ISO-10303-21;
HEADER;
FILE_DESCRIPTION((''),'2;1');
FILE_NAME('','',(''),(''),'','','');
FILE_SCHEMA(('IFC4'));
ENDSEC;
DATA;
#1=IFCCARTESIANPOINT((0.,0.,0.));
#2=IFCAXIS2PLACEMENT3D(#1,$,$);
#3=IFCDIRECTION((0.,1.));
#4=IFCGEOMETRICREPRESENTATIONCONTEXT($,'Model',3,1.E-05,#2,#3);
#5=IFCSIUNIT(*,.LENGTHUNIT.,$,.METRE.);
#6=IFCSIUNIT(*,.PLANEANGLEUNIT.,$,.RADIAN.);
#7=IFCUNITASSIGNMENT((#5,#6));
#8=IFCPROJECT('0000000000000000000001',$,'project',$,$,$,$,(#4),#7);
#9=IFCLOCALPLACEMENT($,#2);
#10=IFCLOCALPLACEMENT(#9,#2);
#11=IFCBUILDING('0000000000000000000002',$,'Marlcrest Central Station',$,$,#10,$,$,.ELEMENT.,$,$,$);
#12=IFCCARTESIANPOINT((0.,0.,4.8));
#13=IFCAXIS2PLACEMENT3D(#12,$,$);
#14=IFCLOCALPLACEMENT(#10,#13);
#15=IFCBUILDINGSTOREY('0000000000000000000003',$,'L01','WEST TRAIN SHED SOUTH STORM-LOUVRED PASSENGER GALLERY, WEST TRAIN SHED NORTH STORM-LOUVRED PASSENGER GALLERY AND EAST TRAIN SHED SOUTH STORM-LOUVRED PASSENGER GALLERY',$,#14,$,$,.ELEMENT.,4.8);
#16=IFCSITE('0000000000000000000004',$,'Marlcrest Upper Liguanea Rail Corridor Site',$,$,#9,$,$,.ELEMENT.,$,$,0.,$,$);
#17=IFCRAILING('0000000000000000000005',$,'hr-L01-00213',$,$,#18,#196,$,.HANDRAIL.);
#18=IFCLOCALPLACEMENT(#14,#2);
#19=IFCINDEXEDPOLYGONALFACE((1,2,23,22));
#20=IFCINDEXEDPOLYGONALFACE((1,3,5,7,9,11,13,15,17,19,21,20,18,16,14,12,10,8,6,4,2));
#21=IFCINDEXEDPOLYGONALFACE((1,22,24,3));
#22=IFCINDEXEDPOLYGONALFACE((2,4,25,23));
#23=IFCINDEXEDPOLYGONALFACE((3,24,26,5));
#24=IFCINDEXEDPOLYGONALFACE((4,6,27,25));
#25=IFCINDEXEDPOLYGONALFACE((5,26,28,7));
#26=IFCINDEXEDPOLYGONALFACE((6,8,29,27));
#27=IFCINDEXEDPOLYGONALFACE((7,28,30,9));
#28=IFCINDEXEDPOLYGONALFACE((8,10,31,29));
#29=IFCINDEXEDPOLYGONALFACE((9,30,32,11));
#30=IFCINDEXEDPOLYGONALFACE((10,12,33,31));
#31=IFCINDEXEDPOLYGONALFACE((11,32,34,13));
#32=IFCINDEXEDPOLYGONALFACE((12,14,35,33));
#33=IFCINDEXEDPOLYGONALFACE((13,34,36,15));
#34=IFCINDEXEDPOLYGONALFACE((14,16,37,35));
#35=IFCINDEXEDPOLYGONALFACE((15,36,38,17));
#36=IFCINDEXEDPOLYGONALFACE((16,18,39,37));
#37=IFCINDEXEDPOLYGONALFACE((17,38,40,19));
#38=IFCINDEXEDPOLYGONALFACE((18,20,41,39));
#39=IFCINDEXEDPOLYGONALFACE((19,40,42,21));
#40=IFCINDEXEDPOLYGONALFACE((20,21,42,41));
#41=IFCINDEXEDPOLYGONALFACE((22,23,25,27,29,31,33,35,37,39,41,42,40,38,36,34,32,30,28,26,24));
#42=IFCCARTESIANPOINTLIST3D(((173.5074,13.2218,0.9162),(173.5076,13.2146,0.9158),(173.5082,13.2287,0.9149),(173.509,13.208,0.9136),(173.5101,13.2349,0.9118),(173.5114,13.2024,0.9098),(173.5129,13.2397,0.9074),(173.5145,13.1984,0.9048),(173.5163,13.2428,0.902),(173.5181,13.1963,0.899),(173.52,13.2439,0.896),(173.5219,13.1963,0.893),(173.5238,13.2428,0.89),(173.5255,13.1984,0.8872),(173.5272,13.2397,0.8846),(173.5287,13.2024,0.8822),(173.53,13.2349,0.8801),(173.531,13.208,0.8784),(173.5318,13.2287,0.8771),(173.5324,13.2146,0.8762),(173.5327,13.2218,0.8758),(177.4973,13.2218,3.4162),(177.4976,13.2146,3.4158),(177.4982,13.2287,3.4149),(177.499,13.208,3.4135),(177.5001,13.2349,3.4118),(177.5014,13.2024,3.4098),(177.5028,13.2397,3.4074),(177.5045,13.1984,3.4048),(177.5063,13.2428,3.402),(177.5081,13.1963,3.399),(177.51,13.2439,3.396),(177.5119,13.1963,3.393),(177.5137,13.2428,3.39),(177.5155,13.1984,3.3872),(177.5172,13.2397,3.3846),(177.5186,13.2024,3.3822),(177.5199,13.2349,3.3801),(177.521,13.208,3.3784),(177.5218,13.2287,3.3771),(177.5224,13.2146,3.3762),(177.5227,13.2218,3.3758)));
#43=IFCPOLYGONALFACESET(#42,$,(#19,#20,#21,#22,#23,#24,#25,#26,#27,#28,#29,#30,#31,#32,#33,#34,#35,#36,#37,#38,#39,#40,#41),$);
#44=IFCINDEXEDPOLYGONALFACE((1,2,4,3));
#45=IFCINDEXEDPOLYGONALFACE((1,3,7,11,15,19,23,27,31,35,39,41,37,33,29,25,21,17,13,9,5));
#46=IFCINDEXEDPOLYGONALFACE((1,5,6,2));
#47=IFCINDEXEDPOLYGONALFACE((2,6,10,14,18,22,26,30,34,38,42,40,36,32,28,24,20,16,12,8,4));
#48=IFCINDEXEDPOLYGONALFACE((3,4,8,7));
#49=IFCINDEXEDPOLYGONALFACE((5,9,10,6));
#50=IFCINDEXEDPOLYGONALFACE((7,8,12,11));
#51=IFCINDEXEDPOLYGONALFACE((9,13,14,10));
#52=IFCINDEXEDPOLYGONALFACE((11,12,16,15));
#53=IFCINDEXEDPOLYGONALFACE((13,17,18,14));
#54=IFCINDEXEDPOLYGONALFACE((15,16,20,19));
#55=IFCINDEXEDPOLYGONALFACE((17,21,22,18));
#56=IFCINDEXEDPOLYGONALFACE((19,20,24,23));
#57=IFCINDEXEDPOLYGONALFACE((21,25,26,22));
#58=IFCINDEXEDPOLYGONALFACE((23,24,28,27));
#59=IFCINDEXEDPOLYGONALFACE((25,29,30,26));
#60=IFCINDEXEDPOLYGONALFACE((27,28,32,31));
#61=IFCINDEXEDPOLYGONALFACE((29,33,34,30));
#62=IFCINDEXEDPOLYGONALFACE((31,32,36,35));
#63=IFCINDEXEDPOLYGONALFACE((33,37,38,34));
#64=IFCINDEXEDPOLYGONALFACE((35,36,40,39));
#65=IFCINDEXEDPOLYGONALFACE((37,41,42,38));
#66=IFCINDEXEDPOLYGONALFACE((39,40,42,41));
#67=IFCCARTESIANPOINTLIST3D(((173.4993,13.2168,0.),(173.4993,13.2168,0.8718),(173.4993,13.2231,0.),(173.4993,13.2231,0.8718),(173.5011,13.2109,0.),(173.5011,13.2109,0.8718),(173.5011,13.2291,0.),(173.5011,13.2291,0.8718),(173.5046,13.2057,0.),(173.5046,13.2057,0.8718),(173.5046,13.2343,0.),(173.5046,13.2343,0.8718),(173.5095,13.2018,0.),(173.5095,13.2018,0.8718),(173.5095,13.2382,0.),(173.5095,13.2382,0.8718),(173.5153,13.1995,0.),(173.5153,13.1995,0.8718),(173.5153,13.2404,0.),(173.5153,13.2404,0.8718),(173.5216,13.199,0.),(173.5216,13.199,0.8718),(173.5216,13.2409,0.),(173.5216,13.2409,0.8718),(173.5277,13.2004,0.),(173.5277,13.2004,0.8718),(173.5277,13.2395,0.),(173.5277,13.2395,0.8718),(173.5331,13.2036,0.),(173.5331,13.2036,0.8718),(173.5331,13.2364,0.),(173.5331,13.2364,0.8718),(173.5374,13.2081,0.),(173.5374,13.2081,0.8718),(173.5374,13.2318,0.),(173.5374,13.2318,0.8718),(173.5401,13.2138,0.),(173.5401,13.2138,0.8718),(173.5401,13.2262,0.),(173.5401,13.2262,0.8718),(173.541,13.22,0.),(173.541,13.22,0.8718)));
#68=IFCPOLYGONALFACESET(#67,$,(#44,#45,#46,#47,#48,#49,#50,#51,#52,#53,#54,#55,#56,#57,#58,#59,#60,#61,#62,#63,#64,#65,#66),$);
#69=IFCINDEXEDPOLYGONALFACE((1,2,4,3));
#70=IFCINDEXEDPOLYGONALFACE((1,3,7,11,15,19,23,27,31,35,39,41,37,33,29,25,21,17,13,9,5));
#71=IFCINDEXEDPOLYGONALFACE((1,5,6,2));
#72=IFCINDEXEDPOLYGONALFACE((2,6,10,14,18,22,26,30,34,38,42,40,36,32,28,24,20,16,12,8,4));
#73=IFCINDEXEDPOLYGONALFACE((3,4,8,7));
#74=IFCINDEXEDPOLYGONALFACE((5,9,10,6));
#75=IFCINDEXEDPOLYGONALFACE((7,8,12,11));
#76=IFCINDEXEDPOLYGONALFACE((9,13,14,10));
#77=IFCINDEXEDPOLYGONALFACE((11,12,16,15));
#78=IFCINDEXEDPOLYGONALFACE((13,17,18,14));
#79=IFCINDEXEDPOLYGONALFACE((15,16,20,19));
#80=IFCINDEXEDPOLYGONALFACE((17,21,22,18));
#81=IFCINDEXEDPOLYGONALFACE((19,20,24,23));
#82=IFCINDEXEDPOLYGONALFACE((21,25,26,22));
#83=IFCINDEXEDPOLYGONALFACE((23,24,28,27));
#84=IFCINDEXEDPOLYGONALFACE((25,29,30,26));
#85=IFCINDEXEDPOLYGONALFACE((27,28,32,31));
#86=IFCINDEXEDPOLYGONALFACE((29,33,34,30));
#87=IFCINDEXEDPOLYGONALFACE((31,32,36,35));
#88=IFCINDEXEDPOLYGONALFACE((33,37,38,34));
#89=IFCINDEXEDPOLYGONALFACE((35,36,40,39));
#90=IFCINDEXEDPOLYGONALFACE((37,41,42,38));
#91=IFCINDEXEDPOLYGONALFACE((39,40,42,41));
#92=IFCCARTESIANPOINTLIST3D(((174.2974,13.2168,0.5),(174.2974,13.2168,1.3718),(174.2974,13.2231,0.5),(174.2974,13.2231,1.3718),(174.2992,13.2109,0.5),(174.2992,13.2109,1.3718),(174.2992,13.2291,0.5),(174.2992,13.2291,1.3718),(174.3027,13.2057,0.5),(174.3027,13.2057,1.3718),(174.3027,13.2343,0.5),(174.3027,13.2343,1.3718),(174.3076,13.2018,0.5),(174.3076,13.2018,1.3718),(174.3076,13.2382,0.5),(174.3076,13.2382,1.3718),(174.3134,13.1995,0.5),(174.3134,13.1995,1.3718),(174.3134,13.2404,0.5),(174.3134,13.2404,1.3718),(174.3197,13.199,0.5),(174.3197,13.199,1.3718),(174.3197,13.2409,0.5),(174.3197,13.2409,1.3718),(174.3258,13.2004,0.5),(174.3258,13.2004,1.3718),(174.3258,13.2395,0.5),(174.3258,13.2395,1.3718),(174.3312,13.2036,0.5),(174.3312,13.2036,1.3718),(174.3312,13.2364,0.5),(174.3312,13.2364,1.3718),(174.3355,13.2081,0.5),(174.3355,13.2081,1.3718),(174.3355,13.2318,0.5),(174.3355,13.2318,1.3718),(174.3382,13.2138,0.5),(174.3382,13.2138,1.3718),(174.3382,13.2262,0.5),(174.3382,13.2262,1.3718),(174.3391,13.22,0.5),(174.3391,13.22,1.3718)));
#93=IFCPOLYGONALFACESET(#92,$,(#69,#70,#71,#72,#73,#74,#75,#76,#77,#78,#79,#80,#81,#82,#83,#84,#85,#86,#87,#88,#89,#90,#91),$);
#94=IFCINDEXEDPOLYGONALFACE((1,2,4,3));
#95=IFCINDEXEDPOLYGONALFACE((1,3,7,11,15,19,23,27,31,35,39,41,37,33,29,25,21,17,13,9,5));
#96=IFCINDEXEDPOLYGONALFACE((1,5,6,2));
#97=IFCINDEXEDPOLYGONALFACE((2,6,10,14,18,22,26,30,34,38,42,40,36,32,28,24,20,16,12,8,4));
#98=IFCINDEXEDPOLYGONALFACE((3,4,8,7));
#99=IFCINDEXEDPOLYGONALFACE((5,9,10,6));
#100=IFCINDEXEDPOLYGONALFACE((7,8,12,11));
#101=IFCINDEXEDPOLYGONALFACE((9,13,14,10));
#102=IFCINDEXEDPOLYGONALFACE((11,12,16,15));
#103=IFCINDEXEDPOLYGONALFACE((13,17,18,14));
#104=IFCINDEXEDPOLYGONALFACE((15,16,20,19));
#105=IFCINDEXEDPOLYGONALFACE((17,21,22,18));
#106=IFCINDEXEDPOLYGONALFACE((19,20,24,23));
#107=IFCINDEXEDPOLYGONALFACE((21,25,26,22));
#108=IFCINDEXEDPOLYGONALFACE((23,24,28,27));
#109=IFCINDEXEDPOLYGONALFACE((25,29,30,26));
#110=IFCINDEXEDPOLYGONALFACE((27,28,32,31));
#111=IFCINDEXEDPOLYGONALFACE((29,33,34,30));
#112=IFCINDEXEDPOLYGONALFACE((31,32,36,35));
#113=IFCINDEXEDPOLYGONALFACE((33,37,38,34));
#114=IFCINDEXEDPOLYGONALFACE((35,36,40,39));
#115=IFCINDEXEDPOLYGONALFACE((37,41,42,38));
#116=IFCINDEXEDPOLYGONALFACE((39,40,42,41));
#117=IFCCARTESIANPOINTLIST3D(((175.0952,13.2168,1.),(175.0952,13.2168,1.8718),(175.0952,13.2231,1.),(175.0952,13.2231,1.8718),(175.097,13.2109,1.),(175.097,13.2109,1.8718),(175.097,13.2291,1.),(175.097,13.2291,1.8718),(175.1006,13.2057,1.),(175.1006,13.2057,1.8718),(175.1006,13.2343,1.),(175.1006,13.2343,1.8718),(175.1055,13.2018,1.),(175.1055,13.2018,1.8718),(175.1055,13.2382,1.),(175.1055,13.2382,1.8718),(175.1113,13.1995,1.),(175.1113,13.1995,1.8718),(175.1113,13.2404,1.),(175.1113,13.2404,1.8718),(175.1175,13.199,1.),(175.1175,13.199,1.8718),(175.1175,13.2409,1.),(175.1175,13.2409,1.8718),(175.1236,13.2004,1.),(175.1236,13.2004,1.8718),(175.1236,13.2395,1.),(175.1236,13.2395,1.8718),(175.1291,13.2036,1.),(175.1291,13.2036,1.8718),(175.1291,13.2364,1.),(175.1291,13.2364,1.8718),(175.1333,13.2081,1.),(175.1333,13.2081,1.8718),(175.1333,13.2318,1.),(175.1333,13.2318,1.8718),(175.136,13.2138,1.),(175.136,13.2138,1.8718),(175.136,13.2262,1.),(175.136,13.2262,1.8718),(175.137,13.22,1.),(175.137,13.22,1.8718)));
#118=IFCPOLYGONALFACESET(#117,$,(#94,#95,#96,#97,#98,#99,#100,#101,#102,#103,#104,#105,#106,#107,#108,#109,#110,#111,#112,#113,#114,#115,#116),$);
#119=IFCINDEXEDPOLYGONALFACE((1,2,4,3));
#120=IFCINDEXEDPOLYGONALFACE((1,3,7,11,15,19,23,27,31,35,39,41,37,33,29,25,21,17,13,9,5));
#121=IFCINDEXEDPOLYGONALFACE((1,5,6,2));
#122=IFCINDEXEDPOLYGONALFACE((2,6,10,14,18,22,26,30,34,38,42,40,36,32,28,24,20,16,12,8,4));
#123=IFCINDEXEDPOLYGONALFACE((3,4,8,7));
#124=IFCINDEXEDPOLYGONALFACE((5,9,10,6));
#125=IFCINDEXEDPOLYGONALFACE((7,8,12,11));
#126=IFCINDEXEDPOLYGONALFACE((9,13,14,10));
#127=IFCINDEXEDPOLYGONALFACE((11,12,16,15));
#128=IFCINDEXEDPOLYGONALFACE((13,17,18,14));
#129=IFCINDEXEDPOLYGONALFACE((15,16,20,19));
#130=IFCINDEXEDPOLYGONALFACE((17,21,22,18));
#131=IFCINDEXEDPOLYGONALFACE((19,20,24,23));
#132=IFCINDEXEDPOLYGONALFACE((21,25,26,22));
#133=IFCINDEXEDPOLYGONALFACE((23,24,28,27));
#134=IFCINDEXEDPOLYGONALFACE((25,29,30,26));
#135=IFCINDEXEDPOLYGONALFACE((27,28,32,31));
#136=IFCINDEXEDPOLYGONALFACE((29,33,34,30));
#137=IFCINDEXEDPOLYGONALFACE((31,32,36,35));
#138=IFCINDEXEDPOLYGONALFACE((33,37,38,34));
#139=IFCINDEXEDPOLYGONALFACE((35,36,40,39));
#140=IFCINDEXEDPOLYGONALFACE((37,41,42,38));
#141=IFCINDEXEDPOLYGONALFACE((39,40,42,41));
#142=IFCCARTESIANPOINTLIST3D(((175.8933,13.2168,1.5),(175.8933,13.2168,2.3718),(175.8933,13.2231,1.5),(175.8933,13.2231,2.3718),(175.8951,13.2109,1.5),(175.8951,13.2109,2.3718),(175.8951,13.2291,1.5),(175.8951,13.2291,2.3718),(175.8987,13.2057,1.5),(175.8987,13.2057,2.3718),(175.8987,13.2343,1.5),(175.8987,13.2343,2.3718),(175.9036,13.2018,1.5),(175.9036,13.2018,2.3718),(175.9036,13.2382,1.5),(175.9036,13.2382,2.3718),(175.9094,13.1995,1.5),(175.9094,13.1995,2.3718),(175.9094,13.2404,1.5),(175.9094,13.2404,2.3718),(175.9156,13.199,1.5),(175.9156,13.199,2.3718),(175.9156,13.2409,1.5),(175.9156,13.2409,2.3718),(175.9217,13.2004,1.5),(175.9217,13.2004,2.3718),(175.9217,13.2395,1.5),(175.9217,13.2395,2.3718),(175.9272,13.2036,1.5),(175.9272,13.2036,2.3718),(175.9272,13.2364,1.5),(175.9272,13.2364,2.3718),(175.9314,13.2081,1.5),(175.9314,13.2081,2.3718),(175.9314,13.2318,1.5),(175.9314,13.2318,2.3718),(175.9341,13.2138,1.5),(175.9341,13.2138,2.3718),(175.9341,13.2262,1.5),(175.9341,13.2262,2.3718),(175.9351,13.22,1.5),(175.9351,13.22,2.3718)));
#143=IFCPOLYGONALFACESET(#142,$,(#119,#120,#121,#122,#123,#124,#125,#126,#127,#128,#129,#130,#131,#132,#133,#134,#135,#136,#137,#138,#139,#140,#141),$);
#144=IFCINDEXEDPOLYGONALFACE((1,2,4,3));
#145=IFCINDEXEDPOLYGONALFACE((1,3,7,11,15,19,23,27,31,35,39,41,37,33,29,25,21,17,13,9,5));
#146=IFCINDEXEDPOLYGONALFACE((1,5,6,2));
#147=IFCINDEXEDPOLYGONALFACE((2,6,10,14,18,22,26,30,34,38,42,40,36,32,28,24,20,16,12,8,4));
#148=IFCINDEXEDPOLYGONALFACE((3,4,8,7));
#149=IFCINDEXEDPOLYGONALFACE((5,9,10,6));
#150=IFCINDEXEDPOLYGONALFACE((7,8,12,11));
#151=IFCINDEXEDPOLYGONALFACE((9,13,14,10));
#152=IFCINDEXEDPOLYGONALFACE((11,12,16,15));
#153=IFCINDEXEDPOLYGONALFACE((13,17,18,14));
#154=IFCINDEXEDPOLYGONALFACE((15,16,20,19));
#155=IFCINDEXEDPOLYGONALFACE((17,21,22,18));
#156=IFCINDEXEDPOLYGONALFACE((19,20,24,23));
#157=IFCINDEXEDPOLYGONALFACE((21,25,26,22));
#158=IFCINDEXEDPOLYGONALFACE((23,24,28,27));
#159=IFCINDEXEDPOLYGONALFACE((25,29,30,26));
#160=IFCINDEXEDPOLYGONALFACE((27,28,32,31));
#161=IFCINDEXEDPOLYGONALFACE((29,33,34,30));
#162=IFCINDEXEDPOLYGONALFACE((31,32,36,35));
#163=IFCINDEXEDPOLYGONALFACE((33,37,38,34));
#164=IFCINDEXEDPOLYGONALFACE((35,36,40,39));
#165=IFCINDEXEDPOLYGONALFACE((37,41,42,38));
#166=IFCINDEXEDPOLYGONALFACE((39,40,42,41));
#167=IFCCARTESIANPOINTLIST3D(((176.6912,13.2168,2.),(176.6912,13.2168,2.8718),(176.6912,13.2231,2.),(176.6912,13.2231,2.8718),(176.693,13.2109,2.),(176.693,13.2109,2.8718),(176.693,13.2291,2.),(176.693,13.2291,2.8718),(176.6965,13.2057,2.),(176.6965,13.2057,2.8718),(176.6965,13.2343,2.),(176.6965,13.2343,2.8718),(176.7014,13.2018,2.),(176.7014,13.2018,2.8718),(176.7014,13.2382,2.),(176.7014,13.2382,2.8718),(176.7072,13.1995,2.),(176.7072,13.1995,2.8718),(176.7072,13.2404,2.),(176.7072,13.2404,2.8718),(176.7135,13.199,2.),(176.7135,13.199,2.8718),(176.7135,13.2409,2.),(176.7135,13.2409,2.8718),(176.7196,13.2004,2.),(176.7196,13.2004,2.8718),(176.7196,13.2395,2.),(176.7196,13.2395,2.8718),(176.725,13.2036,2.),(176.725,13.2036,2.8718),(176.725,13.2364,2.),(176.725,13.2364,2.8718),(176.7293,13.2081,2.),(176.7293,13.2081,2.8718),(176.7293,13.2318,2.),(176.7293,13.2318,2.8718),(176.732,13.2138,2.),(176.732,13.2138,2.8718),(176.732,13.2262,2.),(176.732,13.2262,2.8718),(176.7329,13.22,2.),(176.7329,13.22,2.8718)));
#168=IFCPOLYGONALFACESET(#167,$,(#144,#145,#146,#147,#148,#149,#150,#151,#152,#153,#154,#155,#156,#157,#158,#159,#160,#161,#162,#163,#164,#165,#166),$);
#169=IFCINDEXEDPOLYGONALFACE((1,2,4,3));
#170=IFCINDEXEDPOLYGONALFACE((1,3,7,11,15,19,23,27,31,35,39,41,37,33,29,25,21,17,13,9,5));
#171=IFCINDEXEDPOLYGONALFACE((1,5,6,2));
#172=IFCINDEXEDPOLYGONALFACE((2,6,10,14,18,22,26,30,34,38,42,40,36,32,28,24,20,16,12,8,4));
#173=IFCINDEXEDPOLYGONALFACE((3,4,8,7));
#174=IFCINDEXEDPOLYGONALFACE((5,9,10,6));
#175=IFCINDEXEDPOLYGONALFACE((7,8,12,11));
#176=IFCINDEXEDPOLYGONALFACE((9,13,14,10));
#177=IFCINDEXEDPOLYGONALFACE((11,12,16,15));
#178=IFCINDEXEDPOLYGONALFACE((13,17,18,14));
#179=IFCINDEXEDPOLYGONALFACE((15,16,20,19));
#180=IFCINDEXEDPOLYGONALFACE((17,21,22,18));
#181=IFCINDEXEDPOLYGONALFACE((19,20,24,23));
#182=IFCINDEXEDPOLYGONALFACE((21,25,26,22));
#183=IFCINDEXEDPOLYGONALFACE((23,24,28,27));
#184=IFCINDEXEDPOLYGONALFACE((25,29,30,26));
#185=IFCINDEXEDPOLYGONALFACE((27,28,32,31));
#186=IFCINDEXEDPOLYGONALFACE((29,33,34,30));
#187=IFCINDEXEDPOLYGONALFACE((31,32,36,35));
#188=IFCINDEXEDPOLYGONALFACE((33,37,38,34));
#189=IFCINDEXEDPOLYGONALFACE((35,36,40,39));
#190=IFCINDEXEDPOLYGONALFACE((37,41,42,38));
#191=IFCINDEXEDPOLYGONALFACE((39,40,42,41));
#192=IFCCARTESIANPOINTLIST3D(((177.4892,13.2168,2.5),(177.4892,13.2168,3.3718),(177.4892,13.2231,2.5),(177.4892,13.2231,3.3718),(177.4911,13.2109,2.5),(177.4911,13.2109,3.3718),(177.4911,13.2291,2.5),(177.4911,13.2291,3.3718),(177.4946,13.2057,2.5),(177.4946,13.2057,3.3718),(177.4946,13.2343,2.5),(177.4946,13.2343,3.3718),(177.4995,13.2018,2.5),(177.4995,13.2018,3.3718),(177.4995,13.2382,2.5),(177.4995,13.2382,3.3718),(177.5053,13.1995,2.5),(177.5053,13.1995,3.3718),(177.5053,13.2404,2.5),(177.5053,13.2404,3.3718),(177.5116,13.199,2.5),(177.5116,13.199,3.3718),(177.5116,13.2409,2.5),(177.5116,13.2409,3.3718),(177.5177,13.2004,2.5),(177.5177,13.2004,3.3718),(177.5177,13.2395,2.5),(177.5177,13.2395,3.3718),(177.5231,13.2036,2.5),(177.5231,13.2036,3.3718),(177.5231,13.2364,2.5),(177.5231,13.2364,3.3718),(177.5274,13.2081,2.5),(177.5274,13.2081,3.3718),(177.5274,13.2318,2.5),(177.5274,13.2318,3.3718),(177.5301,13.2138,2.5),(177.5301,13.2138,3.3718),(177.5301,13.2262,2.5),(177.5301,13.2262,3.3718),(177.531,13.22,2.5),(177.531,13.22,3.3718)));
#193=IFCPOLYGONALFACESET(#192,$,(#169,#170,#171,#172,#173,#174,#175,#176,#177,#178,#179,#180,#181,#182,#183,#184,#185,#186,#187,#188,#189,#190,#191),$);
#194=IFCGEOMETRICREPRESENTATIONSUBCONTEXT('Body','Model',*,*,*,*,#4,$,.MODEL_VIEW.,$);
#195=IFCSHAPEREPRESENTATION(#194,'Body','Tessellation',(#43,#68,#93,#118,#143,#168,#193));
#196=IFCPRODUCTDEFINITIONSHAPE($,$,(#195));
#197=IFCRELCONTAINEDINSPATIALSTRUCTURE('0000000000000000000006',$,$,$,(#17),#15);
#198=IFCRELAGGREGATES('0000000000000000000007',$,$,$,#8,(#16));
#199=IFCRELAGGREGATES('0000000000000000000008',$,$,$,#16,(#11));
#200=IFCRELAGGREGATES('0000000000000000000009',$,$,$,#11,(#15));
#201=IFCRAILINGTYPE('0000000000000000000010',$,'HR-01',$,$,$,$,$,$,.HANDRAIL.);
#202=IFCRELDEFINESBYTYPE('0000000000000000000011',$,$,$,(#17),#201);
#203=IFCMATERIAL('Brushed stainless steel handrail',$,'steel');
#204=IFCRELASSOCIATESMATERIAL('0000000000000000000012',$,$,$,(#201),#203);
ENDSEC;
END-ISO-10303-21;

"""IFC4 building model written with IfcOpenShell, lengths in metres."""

from ifc_helpers import new_model, si_unit, direction, frame, origin, origin_2d, place, context, subcontext, project, spatial, circle, extrude, material, type_object, element, save


model = new_model("IFC4")

# Units and contexts
model_context = context("Model", 3, precision=1e-05, world=origin(), true_north=direction((0.0, 1.0)))
body_context = subcontext(model_context, "Body", "Model", "MODEL_VIEW")
ifc_project = project(units=[si_unit("LENGTHUNIT", "METRE"), si_unit("PLANEANGLEUNIT", "RADIAN")], contexts=[model_context])

# Site, building, storey
site_placement = place(None, origin())
site = spatial("IfcSite", under=ifc_project, at=site_placement, Name="Marlcrest Upper Liguanea Rail Corridor Site", CompositionType="ELEMENT", RefElevation=0.0)
building_placement = place(site_placement, origin())
building = spatial("IfcBuilding", under=site, at=building_placement, Name="Marlcrest Central Station", CompositionType="ELEMENT")
storey_placement = place(building_placement, frame((0.0, 0.0, 4.8)))
storey = spatial("IfcBuildingStorey", under=building, at=storey_placement, Name="L01", Description="WEST TRAIN SHED SOUTH STORM-LOUVRED PASSENGER GALLERY, WEST TRAIN SHED NORTH STORM-LOUVRED PASSENGER GALLERY AND EAST TRAIN SHED SOUTH STORM-LOUVRED PASSENGER GALLERY", CompositionType="ELEMENT", Elevation=4.8)

# Railing
ifc_material_1 = material(Name="Brushed stainless steel handrail", Category="steel")
railing_type_1 = type_object("IfcRailingType", Name="HR-01", PredefinedType="HANDRAIL", material=ifc_material_1)
railing_1_placement = place(storey_placement, frame((173.52, 13.22, 0.0)))
element("IfcRailing", 1, at=railing_1_placement, inside=storey, type_object=railing_type_1, Name="hr-L01-00213", PredefinedType="HANDRAIL", context=body_context, shape_type="SweptSolid", body=[
    extrude(circle(Radius=0.0239, at=origin_2d()), frame((0.0, 0.0, 0.896), z_axis=(0.847401, 0.0, 0.530954), x_axis=(0.0, 1.0, 0.0)), (0.0, 0.0, 1.0), 4.7085),
    extrude(circle(Radius=0.021, at=origin_2d()), origin(), (0.0, 0.0, 1.0), 0.8718),
    extrude(circle(Radius=0.021, at=origin_2d()), frame((0.7981, 0.0, 0.5)), (0.0, 0.0, 1.0), 0.8718),
    extrude(circle(Radius=0.021, at=origin_2d()), frame((1.5959, 0.0, 1.0)), (0.0, 0.0, 1.0), 0.8718),
    extrude(circle(Radius=0.021, at=origin_2d()), frame((2.394, 0.0, 1.5)), (0.0, 0.0, 1.0), 0.8718),
    extrude(circle(Radius=0.021, at=origin_2d()), frame((3.1919, 0.0, 2.0)), (0.0, 0.0, 1.0), 0.8718),
    extrude(circle(Radius=0.021, at=origin_2d()), frame((3.99, 0.0, 2.5)), (0.0, 0.0, 1.0), 0.8718),
])

save(model, "model.ifc")
